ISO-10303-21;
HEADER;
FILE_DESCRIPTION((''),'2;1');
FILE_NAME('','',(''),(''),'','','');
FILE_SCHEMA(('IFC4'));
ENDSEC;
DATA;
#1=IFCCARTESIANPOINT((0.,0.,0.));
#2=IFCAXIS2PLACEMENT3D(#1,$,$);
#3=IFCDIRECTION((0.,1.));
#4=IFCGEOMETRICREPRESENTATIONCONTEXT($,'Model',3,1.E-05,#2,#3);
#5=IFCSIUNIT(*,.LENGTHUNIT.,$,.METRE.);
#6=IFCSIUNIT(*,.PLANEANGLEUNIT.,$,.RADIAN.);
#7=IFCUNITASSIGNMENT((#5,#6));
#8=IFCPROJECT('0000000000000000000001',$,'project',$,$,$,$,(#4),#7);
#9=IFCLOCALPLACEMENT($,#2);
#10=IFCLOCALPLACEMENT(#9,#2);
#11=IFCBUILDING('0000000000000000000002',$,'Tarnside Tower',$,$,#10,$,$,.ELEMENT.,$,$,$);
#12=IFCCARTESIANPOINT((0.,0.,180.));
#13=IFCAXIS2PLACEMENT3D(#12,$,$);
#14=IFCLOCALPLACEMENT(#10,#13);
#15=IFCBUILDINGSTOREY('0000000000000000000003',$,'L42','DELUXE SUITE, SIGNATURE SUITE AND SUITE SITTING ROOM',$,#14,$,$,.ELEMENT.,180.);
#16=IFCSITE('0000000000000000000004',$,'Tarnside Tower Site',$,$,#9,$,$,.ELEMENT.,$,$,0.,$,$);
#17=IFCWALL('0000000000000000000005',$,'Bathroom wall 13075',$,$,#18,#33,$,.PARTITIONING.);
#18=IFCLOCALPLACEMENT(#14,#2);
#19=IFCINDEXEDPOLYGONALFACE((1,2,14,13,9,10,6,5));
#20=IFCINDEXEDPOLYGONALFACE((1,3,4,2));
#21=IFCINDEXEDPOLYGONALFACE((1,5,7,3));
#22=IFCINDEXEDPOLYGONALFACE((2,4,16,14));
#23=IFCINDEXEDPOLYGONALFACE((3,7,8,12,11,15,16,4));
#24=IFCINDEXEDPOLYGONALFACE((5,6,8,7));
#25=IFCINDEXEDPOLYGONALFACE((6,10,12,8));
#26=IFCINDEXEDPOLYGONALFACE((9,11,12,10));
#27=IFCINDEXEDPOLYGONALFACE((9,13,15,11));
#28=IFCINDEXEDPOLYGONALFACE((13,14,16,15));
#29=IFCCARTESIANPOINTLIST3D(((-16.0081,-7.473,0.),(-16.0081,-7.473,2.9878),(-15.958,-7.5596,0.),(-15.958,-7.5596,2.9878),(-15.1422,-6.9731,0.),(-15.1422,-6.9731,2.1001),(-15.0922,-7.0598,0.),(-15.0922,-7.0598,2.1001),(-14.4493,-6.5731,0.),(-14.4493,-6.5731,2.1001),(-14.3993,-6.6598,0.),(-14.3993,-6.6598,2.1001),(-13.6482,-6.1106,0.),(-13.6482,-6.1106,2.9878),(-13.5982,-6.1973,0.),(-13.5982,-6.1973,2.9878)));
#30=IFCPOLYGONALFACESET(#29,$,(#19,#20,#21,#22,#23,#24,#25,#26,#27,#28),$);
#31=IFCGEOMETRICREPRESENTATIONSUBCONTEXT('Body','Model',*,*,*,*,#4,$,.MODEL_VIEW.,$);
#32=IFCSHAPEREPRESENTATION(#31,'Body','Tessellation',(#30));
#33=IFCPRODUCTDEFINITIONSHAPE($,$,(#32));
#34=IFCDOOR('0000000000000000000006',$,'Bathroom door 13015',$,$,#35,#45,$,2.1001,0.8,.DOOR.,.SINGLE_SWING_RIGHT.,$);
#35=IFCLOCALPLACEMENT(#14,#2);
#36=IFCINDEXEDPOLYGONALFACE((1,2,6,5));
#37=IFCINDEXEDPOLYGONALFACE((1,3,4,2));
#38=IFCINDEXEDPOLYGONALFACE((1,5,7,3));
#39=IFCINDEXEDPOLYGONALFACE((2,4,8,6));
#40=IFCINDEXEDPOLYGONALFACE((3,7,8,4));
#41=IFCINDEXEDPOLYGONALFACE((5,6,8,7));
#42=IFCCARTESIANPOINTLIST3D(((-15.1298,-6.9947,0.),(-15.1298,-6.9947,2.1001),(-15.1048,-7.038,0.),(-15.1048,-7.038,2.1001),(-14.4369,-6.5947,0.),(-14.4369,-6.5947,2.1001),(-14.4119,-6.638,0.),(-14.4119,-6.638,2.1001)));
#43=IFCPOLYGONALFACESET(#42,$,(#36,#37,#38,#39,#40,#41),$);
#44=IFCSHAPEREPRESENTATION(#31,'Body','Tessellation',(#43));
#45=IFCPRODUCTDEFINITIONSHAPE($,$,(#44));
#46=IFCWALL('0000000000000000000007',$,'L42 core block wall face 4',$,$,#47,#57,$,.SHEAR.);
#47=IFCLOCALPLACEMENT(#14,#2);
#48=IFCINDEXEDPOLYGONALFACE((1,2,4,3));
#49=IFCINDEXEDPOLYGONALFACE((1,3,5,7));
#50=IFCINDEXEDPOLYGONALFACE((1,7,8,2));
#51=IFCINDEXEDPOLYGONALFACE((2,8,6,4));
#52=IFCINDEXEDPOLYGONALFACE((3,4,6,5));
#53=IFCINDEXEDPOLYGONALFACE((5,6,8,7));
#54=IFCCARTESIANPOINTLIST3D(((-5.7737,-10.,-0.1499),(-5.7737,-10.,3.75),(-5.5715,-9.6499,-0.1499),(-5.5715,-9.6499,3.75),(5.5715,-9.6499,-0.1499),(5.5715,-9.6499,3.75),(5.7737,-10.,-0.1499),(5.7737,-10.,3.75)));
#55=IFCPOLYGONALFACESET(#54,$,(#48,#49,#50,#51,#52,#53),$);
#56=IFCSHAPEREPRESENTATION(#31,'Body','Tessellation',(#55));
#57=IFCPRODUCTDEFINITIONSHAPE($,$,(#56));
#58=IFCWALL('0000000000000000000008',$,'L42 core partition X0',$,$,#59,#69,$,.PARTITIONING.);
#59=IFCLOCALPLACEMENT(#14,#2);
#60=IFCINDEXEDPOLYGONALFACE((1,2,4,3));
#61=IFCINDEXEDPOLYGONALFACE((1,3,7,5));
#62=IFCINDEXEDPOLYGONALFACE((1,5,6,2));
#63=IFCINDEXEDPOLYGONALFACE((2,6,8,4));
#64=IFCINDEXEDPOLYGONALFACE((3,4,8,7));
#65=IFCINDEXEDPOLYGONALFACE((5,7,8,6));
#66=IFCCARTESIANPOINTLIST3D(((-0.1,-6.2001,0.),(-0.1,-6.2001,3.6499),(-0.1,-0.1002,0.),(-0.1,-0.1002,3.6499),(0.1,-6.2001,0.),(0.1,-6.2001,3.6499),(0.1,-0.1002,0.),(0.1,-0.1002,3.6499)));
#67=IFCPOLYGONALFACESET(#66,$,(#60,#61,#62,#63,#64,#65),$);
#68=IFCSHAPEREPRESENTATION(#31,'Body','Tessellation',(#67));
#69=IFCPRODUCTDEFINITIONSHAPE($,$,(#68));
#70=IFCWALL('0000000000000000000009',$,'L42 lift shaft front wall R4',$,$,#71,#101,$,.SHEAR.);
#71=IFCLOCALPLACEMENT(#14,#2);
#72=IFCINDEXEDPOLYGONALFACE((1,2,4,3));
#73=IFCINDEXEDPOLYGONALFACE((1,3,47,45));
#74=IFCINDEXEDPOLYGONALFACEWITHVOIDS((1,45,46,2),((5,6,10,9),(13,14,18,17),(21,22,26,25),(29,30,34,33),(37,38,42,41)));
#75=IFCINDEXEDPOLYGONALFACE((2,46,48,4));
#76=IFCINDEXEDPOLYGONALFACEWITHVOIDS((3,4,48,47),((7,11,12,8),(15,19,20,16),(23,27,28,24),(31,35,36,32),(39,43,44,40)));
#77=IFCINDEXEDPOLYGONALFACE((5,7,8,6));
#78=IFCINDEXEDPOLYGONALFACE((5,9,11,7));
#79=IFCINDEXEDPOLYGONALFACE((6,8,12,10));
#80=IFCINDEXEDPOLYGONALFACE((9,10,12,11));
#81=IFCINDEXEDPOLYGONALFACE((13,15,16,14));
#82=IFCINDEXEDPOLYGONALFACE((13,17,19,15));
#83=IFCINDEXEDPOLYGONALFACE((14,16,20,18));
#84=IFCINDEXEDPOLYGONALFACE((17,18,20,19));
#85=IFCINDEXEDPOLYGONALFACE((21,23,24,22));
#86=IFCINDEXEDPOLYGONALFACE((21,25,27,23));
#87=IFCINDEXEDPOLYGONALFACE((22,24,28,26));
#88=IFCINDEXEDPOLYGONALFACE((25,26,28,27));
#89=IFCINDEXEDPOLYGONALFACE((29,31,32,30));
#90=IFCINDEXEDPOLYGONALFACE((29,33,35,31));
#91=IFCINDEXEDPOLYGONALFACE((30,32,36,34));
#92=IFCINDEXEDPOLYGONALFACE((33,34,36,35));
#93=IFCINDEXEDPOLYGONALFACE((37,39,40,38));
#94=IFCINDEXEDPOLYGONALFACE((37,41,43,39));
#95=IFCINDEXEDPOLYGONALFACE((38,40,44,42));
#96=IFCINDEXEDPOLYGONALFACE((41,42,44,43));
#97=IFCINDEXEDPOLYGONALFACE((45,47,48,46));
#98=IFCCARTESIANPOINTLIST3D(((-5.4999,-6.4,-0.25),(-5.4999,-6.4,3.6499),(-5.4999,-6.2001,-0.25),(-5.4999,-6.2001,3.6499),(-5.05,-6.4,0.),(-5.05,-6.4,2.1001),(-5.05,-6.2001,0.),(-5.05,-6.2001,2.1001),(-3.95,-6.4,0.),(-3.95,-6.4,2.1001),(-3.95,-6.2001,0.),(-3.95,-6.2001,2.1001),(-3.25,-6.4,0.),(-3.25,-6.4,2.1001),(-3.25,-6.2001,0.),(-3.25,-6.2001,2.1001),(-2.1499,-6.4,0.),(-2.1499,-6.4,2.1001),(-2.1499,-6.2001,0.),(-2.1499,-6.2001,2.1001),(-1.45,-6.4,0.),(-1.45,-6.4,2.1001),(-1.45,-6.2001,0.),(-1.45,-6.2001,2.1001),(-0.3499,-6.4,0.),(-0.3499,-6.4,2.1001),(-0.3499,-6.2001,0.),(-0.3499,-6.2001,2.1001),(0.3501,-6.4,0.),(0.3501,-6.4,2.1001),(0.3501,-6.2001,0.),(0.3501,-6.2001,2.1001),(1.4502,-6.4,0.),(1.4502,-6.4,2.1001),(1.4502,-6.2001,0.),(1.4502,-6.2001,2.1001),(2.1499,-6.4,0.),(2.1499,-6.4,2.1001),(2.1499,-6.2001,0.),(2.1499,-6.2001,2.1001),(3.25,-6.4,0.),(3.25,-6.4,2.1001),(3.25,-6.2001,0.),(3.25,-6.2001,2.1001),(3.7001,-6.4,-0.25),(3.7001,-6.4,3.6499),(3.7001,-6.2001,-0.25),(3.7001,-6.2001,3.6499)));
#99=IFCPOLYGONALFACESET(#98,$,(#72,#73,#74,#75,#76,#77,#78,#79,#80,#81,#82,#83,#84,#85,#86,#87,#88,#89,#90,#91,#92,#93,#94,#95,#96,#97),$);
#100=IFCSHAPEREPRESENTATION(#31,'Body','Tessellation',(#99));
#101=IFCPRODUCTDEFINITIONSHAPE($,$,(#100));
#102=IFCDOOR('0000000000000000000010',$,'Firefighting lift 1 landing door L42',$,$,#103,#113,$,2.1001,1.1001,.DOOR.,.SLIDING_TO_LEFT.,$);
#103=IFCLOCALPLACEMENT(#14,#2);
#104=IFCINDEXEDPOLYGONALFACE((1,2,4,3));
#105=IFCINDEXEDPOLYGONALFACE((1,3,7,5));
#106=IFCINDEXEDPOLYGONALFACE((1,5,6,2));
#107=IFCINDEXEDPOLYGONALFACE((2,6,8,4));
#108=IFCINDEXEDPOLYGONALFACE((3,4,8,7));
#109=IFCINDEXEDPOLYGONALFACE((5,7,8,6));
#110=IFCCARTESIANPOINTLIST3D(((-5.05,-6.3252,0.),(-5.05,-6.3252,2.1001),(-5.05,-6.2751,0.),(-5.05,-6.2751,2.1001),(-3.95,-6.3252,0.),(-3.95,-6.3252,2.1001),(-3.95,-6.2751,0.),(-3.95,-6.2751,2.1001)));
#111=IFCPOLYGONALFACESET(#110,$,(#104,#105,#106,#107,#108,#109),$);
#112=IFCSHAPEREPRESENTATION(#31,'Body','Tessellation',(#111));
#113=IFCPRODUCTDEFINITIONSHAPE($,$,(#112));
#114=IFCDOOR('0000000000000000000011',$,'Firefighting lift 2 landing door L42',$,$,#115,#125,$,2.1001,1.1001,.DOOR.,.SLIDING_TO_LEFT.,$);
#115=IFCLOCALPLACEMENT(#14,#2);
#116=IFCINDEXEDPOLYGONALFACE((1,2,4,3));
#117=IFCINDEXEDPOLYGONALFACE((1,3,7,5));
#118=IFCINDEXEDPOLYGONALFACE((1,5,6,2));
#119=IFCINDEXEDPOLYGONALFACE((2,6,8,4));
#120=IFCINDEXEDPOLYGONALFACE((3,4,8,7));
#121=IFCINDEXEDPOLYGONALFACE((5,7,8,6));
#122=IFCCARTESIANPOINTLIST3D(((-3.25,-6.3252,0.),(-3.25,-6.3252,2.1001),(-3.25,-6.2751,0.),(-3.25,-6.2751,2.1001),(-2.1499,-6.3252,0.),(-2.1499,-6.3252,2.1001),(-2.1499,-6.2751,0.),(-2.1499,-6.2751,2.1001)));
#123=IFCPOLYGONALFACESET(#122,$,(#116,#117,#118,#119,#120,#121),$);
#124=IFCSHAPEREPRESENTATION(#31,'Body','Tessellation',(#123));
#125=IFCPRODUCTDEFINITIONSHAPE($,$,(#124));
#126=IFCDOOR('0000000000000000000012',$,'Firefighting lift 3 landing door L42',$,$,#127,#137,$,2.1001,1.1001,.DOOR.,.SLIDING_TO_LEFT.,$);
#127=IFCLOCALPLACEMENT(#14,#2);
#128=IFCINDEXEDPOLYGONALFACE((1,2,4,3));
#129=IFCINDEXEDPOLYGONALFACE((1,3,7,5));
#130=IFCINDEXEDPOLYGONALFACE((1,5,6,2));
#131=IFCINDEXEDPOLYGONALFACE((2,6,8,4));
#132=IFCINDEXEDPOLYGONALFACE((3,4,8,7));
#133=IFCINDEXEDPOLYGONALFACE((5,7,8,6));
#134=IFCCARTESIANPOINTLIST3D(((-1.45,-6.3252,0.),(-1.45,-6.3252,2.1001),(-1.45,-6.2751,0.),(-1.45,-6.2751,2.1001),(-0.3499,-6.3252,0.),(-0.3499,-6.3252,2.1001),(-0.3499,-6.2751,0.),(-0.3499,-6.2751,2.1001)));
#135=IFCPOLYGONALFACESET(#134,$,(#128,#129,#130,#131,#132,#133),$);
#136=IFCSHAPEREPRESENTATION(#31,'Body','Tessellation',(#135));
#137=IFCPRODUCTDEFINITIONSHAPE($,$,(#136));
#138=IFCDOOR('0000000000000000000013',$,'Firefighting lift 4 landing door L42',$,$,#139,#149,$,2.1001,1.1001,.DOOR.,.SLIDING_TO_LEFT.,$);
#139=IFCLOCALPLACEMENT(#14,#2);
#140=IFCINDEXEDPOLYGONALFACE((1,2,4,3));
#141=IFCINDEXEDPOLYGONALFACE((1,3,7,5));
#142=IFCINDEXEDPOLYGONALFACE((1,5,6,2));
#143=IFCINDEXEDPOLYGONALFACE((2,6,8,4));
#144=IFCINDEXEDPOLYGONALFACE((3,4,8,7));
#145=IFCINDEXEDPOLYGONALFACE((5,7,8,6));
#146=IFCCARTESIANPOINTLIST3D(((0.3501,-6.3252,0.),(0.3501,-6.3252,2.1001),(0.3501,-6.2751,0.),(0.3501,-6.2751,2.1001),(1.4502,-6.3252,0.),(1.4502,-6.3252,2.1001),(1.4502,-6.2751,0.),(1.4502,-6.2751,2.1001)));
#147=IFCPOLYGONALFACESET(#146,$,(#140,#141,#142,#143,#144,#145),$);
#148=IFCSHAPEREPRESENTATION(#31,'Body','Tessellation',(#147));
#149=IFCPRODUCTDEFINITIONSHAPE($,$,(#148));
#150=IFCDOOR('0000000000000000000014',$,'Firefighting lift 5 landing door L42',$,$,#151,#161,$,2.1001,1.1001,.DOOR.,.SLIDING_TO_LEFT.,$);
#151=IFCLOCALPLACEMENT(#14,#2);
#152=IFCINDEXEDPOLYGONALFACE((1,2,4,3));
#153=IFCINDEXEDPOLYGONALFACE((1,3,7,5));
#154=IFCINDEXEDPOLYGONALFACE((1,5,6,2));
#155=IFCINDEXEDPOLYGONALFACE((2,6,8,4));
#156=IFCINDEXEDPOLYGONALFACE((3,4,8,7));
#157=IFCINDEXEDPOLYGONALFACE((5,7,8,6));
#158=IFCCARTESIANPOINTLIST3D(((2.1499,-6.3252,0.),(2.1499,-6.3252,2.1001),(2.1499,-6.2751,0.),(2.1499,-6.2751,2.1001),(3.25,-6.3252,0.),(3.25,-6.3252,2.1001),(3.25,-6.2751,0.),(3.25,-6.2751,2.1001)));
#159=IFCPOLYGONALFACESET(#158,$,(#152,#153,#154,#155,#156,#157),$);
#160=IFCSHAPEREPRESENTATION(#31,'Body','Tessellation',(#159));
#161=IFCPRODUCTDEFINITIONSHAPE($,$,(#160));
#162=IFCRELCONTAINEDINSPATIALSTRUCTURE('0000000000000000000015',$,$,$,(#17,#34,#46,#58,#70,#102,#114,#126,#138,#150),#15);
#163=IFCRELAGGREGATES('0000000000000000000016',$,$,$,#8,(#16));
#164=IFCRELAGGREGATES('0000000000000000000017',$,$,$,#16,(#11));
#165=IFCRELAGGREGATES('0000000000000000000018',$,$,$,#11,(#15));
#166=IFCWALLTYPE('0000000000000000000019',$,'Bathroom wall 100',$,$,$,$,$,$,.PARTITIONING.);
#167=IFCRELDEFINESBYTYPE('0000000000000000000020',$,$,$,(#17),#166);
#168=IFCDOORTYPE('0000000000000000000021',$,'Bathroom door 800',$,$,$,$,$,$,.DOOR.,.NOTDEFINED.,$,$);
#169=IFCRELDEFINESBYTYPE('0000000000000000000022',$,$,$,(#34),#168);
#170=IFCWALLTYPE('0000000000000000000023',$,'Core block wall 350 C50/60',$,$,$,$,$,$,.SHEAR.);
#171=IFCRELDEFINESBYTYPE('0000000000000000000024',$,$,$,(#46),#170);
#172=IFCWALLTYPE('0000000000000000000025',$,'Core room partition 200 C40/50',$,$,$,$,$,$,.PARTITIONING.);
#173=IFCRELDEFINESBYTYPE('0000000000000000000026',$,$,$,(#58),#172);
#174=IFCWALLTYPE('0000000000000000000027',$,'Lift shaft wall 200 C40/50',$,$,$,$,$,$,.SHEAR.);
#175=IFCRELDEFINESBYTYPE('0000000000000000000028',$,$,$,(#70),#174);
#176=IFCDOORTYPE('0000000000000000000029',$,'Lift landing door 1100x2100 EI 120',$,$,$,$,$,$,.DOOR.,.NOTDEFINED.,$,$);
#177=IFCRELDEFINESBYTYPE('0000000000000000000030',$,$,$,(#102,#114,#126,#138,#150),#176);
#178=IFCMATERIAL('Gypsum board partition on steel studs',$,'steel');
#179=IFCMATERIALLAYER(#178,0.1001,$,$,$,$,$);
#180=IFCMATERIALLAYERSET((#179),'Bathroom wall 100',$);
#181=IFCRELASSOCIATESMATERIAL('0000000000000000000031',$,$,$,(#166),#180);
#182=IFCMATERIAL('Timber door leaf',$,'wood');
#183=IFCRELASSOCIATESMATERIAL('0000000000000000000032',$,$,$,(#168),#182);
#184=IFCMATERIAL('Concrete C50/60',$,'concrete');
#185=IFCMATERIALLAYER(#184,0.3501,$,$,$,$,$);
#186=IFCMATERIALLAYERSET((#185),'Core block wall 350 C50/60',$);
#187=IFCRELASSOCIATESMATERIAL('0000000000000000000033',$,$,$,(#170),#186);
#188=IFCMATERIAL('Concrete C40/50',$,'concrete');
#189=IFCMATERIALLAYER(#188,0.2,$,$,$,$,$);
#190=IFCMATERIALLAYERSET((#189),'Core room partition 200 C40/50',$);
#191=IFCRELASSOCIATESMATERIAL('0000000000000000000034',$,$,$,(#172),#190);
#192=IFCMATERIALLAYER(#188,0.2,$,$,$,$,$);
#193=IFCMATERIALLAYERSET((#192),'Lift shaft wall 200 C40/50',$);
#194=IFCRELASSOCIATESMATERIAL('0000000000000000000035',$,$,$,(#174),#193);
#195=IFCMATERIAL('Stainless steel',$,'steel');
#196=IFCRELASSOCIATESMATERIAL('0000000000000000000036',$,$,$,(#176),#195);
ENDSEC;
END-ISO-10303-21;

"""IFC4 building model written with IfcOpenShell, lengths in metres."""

from ifc_helpers import new_model, si_unit, direction, frame, frame_2d, origin, place, context, subcontext, project, spatial, polyline, rectangle, outline, extrude, material, layer, layer_set, type_object, element, fill, save


model = new_model("IFC4")

# Units and contexts
model_context = context("Model", 3, precision=1e-05, world=origin(), true_north=direction((0.0, 1.0)))
body_context = subcontext(model_context, "Body", "Model", "MODEL_VIEW")
ifc_project = project(units=[si_unit("LENGTHUNIT", "METRE"), si_unit("PLANEANGLEUNIT", "RADIAN")], contexts=[model_context])

# Site, building, storey
site_placement = place(None, origin())
site = spatial("IfcSite", under=ifc_project, at=site_placement, Name="Tarnside Tower Site", CompositionType="ELEMENT", RefElevation=0.0)
building_placement = place(site_placement, origin())
building = spatial("IfcBuilding", under=site, at=building_placement, Name="Tarnside Tower", CompositionType="ELEMENT")
storey_placement = place(building_placement, frame((0.0, 0.0, 180.0)))
storey = spatial("IfcBuildingStorey", under=building, at=storey_placement, Name="L42", Description="DELUXE SUITE, SIGNATURE SUITE AND SUITE SITTING ROOM", CompositionType="ELEMENT", Elevation=180.0)

# Wall, opening, door
ifc_material_1 = material(Name="Gypsum board partition on steel studs", Category="steel")
ifc_layer_1 = layer(ifc_material_1, 0.1001)
ifc_layer_set_1 = layer_set([ifc_layer_1], Name="Bathroom wall 100")
wall_type_1 = type_object("IfcWallType", Name="Bathroom wall 100", PredefinedType="PARTITIONING", material=ifc_layer_set_1)
wall_1_placement = place(storey_placement, frame((-13.6233, -6.1541, 0.0), z_axis=(0.0, 0.0, 1.0), x_axis=(-0.866051, -0.499955, 0.0)))
wall_1 = element("IfcWall", 1, at=wall_1_placement, inside=storey, type_object=wall_type_1, Name="Bathroom wall 13075", PredefinedType="PARTITIONING", context=body_context, shape_type="SweptSolid", body=[
    extrude(rectangle(XDim=2.7249, YDim=0.1001, at=frame_2d((1.3623, 0.0))), origin(), (0.0, 0.0, 1.0), 2.9878),
])
opening_1_placement = place(wall_1_placement, frame((0.925, 0.0, 0.0)))
opening_1 = element("IfcOpeningElement", 2, at=opening_1_placement, cuts=wall_1, PredefinedType="OPENING", context=body_context, shape_type="SweptSolid", body=[
    extrude(rectangle(XDim=0.8, YDim=2.1001, at=frame_2d((0.3999, 1.05))), frame((0.0, 0.0601, 0.0), z_axis=(0.0, -1.0, 0.0), x_axis=(1.0, 0.0, 0.0)), (0.0, 0.0, 1.0), 0.1201),
])
ifc_material_2 = material(Name="Timber door leaf", Category="wood")
door_type_1 = type_object("IfcDoorType", Name="Bathroom door 800", OperationType="NOTDEFINED", PredefinedType="DOOR", material=ifc_material_2)
door_1_placement = place(opening_1_placement, origin())
door_1 = element("IfcDoor", 3, at=door_1_placement, inside=storey, type_object=door_type_1, Name="Bathroom door 13015", OperationType="SINGLE_SWING_RIGHT", OverallHeight=2.1001, OverallWidth=0.8, PredefinedType="DOOR", context=body_context, shape_type="SweptSolid", body=[
    extrude(rectangle(XDim=0.8, YDim=2.1001, at=frame_2d((0.3999, 1.05))), frame((0.0, 0.0249, 0.0), z_axis=(0.0, -1.0, 0.0), x_axis=(1.0, 0.0, 0.0)), (0.0, 0.0, 1.0), 0.05),
])
fill(opening_1, door_1)

# Walls
ifc_material_3 = material(Name="Concrete C50/60", Category="concrete")
ifc_layer_2 = layer(ifc_material_3, 0.3501)
ifc_layer_set_2 = layer_set([ifc_layer_2], Name="Core block wall 350 C50/60")
wall_type_2 = type_object("IfcWallType", Name="Core block wall 350 C50/60", PredefinedType="SHEAR", material=ifc_layer_set_2)
wall_2_placement = place(storey_placement, frame((-5.6726, -9.825, -0.1499), z_axis=(0.0, 0.0, 1.0), x_axis=(1.0, 0.0, 0.0)))
element("IfcWall", 4, at=wall_2_placement, inside=storey, type_object=wall_type_2, Name="L42 core block wall face 4", PredefinedType="SHEAR", context=body_context, shape_type="SweptSolid", body=[
    extrude(outline(polyline([(-0.1011, -0.175), (11.4463, -0.175), (11.2441, 0.175), (0.1011, 0.175), (-0.1011, -0.175)])), origin(), (0.0, 0.0, 1.0), 3.8999),
])
ifc_material_4 = material(Name="Concrete C40/50", Category="concrete")
ifc_layer_3 = layer(ifc_material_4, 0.2)
ifc_layer_set_3 = layer_set([ifc_layer_3], Name="Core room partition 200 C40/50")
wall_type_3 = type_object("IfcWallType", Name="Core room partition 200 C40/50", PredefinedType="PARTITIONING", material=ifc_layer_set_3)
wall_3_placement = place(storey_placement, frame((0.0, -6.2, 0.0), z_axis=(0.0, 0.0, 1.0), x_axis=(0.0, 1.0, 0.0)))
element("IfcWall", 5, at=wall_3_placement, inside=storey, type_object=wall_type_3, Name="L42 core partition X0", PredefinedType="PARTITIONING", context=body_context, shape_type="SweptSolid", body=[
    extrude(rectangle(XDim=6.0999, YDim=0.2, at=frame_2d((3.0498, 0.0))), origin(), (0.0, 0.0, 1.0), 3.6499),
])

# Wall, openings, doors
ifc_layer_4 = layer(ifc_material_4, 0.2)
ifc_layer_set_4 = layer_set([ifc_layer_4], Name="Lift shaft wall 200 C40/50")
wall_type_4 = type_object("IfcWallType", Name="Lift shaft wall 200 C40/50", PredefinedType="SHEAR", material=ifc_layer_set_4)
wall_4_placement = place(storey_placement, frame((-5.5, -6.3, -0.25), z_axis=(0.0, 0.0, 1.0), x_axis=(1.0, 0.0, 0.0)))
wall_4 = element("IfcWall", 6, at=wall_4_placement, inside=storey, type_object=wall_type_4, Name="L42 lift shaft front wall R4", PredefinedType="SHEAR", context=body_context, shape_type="SweptSolid", body=[
    extrude(rectangle(XDim=9.2, YDim=0.2, at=frame_2d((4.6001, 0.0))), origin(), (0.0, 0.0, 1.0), 3.8999),
])
opening_2_placement = place(wall_4_placement, frame((0.45, 0.0, 0.25)))
opening_2 = element("IfcOpeningElement", 7, at=opening_2_placement, cuts=wall_4, PredefinedType="OPENING", context=body_context, shape_type="SweptSolid", body=[
    extrude(rectangle(XDim=1.1001, YDim=2.1001, at=frame_2d((0.55, 1.05))), frame((0.0, 0.1099, 0.0), z_axis=(0.0, -1.0, 0.0), x_axis=(1.0, 0.0, 0.0)), (0.0, 0.0, 1.0), 0.22),
])
opening_3_placement = place(wall_4_placement, frame((2.25, 0.0, 0.25)))
opening_3 = element("IfcOpeningElement", 8, at=opening_3_placement, cuts=wall_4, PredefinedType="OPENING", context=body_context, shape_type="SweptSolid", body=[
    extrude(rectangle(XDim=1.1001, YDim=2.1001, at=frame_2d((0.55, 1.05))), frame((0.0, 0.1099, 0.0), z_axis=(0.0, -1.0, 0.0), x_axis=(1.0, 0.0, 0.0)), (0.0, 0.0, 1.0), 0.22),
])
opening_4_placement = place(wall_4_placement, frame((4.05, 0.0, 0.25)))
opening_4 = element("IfcOpeningElement", 9, at=opening_4_placement, cuts=wall_4, PredefinedType="OPENING", context=body_context, shape_type="SweptSolid", body=[
    extrude(rectangle(XDim=1.1001, YDim=2.1001, at=frame_2d((0.55, 1.05))), frame((0.0, 0.1099, 0.0), z_axis=(0.0, -1.0, 0.0), x_axis=(1.0, 0.0, 0.0)), (0.0, 0.0, 1.0), 0.22),
])
opening_5_placement = place(wall_4_placement, frame((5.8501, 0.0, 0.25)))
opening_5 = element("IfcOpeningElement", 10, at=opening_5_placement, cuts=wall_4, PredefinedType="OPENING", context=body_context, shape_type="SweptSolid", body=[
    extrude(rectangle(XDim=1.1001, YDim=2.1001, at=frame_2d((0.55, 1.05))), frame((0.0, 0.1099, 0.0), z_axis=(0.0, -1.0, 0.0), x_axis=(1.0, 0.0, 0.0)), (0.0, 0.0, 1.0), 0.22),
])
opening_6_placement = place(wall_4_placement, frame((7.6499, 0.0, 0.25)))
opening_6 = element("IfcOpeningElement", 11, at=opening_6_placement, cuts=wall_4, PredefinedType="OPENING", context=body_context, shape_type="SweptSolid", body=[
    extrude(rectangle(XDim=1.1001, YDim=2.1001, at=frame_2d((0.55, 1.05))), frame((0.0, 0.1099, 0.0), z_axis=(0.0, -1.0, 0.0), x_axis=(1.0, 0.0, 0.0)), (0.0, 0.0, 1.0), 0.22),
])
ifc_material_5 = material(Name="Stainless steel", Category="steel")
door_type_2 = type_object("IfcDoorType", Name="Lift landing door 1100x2100 EI 120", OperationType="NOTDEFINED", PredefinedType="DOOR", material=ifc_material_5)
door_2_placement = place(opening_2_placement, origin())
door_2 = element("IfcDoor", 12, at=door_2_placement, inside=storey, type_object=door_type_2, Name="Firefighting lift 1 landing door L42", OperationType="SLIDING_TO_LEFT", OverallHeight=2.1001, OverallWidth=1.1001, PredefinedType="DOOR", context=body_context, shape_type="SweptSolid", body=[
    extrude(rectangle(XDim=1.1001, YDim=2.1001, at=frame_2d((0.55, 1.05))), frame((0.0, 0.0249, 0.0), z_axis=(0.0, -1.0, 0.0), x_axis=(1.0, 0.0, 0.0)), (0.0, 0.0, 1.0), 0.05),
])
fill(opening_2, door_2)
door_3_placement = place(opening_3_placement, origin())
door_3 = element("IfcDoor", 13, at=door_3_placement, inside=storey, type_object=door_type_2, Name="Firefighting lift 2 landing door L42", OperationType="SLIDING_TO_LEFT", OverallHeight=2.1001, OverallWidth=1.1001, PredefinedType="DOOR", context=body_context, shape_type="SweptSolid", body=[
    extrude(rectangle(XDim=1.1001, YDim=2.1001, at=frame_2d((0.55, 1.05))), frame((0.0, 0.0249, 0.0), z_axis=(0.0, -1.0, 0.0), x_axis=(1.0, 0.0, 0.0)), (0.0, 0.0, 1.0), 0.05),
])
fill(opening_3, door_3)
door_4_placement = place(opening_4_placement, origin())
door_4 = element("IfcDoor", 14, at=door_4_placement, inside=storey, type_object=door_type_2, Name="Firefighting lift 3 landing door L42", OperationType="SLIDING_TO_LEFT", OverallHeight=2.1001, OverallWidth=1.1001, PredefinedType="DOOR", context=body_context, shape_type="SweptSolid", body=[
    extrude(rectangle(XDim=1.1001, YDim=2.1001, at=frame_2d((0.55, 1.05))), frame((0.0, 0.0249, 0.0), z_axis=(0.0, -1.0, 0.0), x_axis=(1.0, 0.0, 0.0)), (0.0, 0.0, 1.0), 0.05),
])
fill(opening_4, door_4)
door_5_placement = place(opening_5_placement, origin())
door_5 = element("IfcDoor", 15, at=door_5_placement, inside=storey, type_object=door_type_2, Name="Firefighting lift 4 landing door L42", OperationType="SLIDING_TO_LEFT", OverallHeight=2.1001, OverallWidth=1.1001, PredefinedType="DOOR", context=body_context, shape_type="SweptSolid", body=[
    extrude(rectangle(XDim=1.1001, YDim=2.1001, at=frame_2d((0.55, 1.05))), frame((0.0, 0.0249, 0.0), z_axis=(0.0, -1.0, 0.0), x_axis=(1.0, 0.0, 0.0)), (0.0, 0.0, 1.0), 0.05),
])
fill(opening_5, door_5)
door_6_placement = place(opening_6_placement, origin())
door_6 = element("IfcDoor", 16, at=door_6_placement, inside=storey, type_object=door_type_2, Name="Firefighting lift 5 landing door L42", OperationType="SLIDING_TO_LEFT", OverallHeight=2.1001, OverallWidth=1.1001, PredefinedType="DOOR", context=body_context, shape_type="SweptSolid", body=[
    extrude(rectangle(XDim=1.1001, YDim=2.1001, at=frame_2d((0.55, 1.05))), frame((0.0, 0.0249, 0.0), z_axis=(0.0, -1.0, 0.0), x_axis=(1.0, 0.0, 0.0)), (0.0, 0.0, 1.0), 0.05),
])
fill(opening_6, door_6)

save(model, "model.ifc")
